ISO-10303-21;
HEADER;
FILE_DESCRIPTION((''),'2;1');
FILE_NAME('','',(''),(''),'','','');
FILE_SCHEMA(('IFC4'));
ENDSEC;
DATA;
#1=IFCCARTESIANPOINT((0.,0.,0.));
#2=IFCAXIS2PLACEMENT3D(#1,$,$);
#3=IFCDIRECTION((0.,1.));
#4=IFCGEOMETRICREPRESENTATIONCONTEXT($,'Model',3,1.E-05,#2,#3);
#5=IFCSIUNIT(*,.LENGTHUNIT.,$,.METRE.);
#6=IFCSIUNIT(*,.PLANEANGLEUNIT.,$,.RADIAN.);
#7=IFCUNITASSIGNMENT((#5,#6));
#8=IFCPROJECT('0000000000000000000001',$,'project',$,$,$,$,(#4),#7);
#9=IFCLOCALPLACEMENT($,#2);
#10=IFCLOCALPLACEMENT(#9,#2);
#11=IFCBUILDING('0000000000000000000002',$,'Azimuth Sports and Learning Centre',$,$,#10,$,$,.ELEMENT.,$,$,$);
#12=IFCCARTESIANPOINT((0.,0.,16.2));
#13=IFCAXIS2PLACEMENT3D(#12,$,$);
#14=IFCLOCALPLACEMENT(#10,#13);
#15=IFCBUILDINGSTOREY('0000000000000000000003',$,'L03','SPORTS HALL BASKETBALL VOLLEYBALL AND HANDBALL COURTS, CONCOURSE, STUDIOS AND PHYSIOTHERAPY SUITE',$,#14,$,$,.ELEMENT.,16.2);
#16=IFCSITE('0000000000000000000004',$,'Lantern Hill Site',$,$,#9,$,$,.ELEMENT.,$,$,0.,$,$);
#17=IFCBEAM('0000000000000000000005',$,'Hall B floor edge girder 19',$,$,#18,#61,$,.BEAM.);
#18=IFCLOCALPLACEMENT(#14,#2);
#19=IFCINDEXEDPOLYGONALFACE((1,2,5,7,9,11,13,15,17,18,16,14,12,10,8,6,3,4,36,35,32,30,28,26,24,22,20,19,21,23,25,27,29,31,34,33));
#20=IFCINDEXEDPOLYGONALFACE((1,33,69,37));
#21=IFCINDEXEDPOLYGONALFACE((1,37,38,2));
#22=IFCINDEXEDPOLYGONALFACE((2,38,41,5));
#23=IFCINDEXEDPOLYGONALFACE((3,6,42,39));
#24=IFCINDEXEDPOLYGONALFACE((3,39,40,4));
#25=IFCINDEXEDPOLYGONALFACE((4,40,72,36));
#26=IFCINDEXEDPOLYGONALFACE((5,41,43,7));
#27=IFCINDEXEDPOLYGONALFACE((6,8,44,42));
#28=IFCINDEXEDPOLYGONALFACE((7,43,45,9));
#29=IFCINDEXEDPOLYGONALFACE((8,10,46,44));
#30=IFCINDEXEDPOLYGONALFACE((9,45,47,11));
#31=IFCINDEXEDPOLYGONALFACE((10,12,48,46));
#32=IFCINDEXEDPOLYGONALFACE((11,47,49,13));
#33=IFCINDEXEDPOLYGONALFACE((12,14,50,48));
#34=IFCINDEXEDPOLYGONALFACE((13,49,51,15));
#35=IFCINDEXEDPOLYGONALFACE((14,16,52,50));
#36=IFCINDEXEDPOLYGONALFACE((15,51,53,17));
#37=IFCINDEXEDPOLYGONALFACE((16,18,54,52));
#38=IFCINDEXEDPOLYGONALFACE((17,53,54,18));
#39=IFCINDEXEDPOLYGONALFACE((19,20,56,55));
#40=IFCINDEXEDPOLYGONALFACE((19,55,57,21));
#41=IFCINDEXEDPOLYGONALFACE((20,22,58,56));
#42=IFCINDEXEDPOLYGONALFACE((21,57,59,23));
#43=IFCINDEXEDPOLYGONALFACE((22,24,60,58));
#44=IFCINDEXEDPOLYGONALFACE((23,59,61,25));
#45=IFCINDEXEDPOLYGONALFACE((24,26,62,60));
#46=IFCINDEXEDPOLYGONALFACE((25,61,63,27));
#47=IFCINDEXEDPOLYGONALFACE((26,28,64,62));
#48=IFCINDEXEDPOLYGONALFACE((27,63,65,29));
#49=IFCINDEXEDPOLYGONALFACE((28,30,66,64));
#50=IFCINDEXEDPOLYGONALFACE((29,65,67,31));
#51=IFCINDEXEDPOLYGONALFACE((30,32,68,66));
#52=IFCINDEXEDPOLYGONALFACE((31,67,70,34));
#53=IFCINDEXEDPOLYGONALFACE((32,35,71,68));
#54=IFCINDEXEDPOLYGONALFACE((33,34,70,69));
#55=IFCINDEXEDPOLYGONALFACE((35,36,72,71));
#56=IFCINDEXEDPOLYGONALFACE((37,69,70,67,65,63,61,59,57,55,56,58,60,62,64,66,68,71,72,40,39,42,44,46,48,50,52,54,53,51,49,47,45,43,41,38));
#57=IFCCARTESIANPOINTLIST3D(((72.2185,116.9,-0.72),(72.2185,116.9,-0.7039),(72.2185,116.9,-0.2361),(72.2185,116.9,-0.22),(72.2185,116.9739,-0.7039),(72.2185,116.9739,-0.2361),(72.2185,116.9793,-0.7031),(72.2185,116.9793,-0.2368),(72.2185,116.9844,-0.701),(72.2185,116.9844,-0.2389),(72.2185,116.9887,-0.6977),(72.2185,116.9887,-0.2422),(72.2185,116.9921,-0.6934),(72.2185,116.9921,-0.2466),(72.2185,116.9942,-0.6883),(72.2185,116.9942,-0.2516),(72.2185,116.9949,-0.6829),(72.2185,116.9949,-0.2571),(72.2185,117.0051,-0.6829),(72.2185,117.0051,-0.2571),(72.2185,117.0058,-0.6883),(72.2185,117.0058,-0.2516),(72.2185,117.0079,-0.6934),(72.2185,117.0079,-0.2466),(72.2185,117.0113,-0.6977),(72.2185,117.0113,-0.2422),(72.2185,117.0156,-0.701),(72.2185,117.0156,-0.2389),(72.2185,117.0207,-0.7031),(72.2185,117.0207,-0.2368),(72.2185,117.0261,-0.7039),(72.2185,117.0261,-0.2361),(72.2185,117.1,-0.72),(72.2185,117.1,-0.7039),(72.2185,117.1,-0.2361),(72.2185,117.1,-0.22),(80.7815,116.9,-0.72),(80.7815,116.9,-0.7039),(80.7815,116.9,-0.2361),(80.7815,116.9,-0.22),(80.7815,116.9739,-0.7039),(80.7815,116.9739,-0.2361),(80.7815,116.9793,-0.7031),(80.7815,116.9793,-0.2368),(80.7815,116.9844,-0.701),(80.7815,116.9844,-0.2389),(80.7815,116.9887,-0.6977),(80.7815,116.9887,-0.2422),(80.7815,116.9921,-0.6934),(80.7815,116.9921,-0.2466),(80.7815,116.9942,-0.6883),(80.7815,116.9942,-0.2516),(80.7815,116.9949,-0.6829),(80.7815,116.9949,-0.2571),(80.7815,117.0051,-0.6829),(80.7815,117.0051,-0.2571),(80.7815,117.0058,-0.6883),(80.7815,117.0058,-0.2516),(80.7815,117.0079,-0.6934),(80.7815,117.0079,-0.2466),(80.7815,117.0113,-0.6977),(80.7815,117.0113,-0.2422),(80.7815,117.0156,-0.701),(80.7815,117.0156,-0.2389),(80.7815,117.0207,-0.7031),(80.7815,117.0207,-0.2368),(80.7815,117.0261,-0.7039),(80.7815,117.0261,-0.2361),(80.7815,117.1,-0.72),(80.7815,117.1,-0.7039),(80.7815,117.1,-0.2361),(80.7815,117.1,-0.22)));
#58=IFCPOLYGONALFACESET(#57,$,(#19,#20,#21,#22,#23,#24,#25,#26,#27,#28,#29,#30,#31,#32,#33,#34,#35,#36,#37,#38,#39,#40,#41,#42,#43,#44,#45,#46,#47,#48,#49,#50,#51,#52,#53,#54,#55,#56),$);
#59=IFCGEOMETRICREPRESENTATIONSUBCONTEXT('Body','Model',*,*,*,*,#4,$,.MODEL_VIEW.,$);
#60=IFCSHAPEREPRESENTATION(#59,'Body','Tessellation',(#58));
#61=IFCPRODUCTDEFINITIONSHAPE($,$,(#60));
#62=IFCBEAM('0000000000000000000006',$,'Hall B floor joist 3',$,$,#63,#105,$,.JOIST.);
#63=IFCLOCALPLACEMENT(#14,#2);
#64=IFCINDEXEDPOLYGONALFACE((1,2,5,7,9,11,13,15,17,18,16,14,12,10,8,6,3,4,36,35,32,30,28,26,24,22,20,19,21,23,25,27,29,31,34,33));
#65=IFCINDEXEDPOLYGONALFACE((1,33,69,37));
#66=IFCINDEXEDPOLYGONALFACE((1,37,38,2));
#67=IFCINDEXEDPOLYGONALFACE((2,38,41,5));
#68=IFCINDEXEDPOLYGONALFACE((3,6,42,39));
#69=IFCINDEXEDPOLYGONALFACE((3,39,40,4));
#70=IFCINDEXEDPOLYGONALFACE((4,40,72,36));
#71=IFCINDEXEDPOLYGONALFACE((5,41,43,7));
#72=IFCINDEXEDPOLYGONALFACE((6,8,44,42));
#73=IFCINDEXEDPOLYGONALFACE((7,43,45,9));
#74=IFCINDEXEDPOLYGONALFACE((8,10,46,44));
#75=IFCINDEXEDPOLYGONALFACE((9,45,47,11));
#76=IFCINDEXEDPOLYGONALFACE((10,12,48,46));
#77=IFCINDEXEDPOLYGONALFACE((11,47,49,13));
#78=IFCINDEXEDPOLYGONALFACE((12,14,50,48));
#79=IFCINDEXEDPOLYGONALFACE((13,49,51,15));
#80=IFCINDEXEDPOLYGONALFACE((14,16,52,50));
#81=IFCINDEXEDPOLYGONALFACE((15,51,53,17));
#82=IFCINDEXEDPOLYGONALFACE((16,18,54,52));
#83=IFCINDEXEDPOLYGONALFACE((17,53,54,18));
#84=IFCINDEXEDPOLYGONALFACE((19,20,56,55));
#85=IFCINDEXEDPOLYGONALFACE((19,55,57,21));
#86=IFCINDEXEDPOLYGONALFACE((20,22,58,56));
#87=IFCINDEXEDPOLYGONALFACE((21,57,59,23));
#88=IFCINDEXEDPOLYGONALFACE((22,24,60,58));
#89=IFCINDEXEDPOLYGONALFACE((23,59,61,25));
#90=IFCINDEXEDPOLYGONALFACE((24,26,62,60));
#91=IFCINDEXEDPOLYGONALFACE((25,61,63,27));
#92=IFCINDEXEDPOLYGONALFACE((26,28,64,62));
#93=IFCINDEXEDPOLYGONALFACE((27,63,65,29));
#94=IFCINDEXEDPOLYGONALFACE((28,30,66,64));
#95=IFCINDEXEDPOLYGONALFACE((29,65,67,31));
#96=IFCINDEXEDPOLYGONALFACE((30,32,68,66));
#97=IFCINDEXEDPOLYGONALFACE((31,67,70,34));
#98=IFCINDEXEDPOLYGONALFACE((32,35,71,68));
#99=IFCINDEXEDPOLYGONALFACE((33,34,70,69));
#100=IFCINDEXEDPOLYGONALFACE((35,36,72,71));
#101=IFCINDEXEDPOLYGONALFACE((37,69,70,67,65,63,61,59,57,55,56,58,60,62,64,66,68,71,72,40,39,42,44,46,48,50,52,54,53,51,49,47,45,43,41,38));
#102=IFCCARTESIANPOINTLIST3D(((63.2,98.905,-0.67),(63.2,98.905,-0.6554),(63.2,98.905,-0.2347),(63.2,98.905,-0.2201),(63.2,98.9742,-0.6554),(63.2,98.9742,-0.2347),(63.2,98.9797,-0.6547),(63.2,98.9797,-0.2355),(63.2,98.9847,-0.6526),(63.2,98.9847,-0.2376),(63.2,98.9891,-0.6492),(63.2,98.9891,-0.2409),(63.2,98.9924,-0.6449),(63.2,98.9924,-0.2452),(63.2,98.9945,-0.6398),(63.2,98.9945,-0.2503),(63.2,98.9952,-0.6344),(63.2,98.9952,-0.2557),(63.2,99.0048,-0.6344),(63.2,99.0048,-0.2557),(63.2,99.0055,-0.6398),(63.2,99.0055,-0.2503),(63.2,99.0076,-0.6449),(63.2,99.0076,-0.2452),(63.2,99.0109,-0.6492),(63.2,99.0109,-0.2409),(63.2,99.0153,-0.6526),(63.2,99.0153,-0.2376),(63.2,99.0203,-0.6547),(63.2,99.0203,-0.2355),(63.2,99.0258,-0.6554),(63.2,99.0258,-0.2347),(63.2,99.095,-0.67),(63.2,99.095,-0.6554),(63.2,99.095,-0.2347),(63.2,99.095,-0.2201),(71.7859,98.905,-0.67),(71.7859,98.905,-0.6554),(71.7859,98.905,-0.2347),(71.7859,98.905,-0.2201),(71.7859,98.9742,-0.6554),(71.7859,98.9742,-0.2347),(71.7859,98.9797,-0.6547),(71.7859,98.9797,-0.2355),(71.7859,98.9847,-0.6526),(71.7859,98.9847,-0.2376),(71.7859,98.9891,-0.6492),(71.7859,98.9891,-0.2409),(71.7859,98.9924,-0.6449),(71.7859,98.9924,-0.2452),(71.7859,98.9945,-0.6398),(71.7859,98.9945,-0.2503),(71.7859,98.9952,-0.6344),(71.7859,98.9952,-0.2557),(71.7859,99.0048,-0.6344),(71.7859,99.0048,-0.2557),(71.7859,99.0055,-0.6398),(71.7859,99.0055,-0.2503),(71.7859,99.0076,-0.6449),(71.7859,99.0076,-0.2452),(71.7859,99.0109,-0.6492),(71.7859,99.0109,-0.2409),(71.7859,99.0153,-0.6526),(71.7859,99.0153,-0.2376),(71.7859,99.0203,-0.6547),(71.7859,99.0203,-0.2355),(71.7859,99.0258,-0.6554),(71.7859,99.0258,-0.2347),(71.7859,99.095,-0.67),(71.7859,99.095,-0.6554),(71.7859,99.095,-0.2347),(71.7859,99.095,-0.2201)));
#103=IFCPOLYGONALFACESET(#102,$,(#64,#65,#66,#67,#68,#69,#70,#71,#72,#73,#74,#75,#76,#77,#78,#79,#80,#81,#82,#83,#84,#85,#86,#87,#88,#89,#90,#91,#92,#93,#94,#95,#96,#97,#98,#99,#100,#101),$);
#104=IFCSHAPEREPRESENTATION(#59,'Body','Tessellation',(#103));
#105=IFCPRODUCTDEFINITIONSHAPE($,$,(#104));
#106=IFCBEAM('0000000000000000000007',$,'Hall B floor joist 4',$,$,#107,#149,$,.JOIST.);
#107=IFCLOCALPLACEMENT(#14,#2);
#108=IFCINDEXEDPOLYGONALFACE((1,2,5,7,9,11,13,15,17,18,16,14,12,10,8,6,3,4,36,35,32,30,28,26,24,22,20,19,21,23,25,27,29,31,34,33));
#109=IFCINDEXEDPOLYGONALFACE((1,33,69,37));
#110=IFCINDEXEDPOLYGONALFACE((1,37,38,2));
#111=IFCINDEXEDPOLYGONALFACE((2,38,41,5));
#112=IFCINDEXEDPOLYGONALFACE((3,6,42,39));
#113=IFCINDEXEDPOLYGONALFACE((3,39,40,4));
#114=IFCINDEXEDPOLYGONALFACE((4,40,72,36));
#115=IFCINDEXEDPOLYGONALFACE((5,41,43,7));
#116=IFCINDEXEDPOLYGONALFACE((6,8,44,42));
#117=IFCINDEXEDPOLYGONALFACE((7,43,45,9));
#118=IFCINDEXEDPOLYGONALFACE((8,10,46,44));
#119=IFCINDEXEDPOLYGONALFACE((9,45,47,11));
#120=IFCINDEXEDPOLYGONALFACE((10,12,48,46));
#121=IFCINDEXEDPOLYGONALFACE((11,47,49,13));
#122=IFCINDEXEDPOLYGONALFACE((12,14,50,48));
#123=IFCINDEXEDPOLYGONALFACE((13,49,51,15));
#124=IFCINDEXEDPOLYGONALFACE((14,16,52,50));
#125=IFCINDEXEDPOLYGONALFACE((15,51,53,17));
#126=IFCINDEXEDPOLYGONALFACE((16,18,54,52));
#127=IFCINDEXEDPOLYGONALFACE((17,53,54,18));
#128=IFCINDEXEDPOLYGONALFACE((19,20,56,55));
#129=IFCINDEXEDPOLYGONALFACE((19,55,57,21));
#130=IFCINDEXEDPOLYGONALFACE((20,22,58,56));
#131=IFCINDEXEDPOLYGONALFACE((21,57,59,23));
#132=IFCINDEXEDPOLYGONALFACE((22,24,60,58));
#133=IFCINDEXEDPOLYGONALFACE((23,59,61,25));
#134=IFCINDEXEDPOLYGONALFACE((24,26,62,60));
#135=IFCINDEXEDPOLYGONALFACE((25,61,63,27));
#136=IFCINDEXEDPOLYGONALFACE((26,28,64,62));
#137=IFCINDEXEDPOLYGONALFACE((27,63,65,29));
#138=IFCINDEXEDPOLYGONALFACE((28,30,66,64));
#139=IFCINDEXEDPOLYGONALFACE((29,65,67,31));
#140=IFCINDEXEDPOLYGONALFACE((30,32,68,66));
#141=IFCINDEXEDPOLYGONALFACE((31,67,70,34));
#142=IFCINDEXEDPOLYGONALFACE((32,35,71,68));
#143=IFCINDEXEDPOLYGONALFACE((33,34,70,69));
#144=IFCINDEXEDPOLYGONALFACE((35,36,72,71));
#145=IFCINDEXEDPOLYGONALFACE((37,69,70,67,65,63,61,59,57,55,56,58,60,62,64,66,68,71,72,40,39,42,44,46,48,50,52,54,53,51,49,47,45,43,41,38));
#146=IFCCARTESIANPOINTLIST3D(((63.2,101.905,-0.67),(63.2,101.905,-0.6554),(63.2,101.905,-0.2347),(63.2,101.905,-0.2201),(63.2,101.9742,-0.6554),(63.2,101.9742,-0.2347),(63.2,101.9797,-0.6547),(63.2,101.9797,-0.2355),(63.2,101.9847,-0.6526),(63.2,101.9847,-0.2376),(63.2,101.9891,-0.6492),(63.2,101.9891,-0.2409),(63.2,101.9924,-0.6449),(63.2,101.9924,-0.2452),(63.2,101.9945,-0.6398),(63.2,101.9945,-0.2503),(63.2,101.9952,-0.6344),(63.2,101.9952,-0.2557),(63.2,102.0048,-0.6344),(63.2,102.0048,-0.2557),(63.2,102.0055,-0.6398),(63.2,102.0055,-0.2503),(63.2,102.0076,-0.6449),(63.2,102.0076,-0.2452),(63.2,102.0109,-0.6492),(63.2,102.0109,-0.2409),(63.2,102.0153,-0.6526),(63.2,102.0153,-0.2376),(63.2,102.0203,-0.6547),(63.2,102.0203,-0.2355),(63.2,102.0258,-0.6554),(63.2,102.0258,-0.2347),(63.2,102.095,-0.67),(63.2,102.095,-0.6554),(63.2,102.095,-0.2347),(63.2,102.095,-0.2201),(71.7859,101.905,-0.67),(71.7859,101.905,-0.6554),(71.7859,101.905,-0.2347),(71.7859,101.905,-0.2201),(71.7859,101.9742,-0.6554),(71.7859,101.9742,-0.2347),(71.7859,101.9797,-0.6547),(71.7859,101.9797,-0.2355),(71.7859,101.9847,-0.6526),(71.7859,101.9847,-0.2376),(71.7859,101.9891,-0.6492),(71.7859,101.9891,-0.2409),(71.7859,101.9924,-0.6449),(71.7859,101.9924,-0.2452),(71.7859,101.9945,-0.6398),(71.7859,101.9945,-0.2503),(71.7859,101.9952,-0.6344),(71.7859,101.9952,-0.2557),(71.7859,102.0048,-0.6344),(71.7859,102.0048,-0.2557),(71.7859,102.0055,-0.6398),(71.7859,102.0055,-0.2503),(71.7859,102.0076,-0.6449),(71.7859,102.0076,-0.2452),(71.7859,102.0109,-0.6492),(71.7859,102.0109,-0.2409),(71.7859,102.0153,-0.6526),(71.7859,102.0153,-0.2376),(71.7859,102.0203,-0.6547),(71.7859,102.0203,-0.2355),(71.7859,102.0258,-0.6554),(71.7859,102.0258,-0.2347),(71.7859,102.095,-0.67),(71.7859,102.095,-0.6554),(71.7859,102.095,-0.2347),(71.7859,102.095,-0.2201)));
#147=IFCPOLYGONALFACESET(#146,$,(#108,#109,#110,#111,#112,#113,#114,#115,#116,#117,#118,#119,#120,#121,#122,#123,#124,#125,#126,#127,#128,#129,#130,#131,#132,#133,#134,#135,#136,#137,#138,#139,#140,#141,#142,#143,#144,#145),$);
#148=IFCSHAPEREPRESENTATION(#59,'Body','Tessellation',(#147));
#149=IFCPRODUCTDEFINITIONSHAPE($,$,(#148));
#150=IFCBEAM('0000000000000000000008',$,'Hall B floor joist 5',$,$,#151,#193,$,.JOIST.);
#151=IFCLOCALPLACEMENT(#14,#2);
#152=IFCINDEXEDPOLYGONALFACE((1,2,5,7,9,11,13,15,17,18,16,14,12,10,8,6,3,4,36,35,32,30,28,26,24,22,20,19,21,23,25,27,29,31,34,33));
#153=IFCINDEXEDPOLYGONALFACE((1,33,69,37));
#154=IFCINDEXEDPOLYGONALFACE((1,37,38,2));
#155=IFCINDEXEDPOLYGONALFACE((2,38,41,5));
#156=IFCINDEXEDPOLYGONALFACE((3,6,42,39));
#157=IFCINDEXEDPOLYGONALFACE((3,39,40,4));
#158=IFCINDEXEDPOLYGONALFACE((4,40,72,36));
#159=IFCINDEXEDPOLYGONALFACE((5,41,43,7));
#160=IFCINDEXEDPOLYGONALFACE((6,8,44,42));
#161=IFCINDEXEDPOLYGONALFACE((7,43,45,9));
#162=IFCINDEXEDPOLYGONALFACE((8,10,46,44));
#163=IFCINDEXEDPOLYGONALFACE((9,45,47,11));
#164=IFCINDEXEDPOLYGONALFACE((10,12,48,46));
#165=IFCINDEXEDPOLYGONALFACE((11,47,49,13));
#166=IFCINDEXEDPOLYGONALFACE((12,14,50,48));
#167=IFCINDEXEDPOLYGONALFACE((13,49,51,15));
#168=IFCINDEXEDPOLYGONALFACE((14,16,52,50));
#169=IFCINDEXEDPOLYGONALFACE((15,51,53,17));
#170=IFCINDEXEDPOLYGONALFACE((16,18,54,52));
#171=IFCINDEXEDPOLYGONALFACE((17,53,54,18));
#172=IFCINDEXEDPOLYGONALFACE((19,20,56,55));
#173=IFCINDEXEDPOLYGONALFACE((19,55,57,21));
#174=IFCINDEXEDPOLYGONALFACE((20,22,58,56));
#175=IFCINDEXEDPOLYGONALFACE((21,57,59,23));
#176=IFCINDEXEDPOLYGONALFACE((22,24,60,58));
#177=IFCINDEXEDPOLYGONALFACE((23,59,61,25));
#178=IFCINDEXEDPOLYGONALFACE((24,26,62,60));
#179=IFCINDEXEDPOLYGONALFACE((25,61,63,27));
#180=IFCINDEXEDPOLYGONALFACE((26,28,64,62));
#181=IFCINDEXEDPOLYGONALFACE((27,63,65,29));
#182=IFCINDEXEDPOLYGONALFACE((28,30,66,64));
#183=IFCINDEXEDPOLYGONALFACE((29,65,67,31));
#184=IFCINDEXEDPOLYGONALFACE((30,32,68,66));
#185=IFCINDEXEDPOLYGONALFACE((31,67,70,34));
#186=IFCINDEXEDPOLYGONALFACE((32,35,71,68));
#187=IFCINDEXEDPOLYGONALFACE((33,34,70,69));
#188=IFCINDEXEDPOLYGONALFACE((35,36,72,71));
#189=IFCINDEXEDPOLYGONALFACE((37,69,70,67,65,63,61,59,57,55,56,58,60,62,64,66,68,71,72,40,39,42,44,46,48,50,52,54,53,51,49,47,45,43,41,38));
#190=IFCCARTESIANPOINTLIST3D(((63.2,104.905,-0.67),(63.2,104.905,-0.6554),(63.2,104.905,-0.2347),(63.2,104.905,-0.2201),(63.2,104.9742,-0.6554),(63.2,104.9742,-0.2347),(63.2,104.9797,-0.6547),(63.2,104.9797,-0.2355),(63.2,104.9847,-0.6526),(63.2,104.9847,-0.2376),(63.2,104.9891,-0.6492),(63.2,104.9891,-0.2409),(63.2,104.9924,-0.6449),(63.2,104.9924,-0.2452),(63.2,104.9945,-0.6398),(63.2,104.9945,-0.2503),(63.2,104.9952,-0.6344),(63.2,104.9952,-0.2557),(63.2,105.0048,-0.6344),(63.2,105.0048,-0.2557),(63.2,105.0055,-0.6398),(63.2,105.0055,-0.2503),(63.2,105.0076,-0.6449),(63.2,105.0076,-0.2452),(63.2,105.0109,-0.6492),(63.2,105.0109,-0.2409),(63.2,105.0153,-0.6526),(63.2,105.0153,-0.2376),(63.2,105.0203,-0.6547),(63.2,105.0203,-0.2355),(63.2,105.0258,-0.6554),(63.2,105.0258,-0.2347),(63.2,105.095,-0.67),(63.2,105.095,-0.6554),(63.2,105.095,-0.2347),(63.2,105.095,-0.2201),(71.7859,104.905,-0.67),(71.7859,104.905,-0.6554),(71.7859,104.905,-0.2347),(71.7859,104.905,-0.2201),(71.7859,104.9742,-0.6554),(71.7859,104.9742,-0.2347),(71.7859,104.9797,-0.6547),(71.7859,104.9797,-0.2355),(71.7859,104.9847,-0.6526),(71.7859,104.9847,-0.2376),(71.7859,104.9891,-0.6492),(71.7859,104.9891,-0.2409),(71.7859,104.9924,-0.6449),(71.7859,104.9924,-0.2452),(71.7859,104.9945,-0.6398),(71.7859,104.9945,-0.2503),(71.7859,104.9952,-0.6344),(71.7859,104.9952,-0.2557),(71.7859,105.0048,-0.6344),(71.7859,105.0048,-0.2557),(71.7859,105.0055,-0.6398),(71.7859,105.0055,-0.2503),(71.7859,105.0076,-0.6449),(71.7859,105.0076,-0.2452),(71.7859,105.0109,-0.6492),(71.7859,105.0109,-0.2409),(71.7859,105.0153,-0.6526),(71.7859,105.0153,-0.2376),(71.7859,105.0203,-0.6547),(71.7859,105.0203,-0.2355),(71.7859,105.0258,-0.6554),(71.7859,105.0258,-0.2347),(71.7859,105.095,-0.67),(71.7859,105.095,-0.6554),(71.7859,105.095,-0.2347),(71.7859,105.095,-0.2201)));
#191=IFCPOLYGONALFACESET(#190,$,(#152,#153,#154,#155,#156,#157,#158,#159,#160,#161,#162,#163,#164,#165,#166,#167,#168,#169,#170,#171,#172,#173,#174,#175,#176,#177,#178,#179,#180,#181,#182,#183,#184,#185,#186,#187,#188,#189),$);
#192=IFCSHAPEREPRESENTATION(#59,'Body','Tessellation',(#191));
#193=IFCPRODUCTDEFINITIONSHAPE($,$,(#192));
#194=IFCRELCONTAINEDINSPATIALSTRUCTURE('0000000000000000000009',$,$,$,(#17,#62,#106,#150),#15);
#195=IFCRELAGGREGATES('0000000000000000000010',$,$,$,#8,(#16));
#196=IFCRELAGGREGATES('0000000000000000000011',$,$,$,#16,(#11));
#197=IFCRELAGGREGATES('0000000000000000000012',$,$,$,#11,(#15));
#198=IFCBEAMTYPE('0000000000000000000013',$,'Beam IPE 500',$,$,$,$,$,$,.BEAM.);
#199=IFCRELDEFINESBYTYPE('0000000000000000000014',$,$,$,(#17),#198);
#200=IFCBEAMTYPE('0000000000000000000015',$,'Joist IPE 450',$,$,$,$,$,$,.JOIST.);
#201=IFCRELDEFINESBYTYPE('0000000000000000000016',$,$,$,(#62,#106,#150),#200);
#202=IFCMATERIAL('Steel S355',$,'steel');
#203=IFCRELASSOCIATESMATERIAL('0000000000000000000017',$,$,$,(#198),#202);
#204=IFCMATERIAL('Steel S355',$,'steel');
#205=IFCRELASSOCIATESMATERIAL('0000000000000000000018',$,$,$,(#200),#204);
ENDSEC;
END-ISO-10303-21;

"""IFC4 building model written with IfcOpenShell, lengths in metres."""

from ifc_helpers import new_model, si_unit, direction, frame, origin, origin_2d, place, context, subcontext, project, spatial, i_section, extrude, material, material_profile, profile_set, type_object, element, save


model = new_model("IFC4")

# Units and contexts
model_context = context("Model", 3, precision=1e-05, world=origin(), true_north=direction((0.0, 1.0)))
body_context = subcontext(model_context, "Body", "Model", "MODEL_VIEW")
ifc_project = project(units=[si_unit("LENGTHUNIT", "METRE"), si_unit("PLANEANGLEUNIT", "RADIAN")], contexts=[model_context])

# Site, building, storey
site_placement = place(None, origin())
site = spatial("IfcSite", under=ifc_project, at=site_placement, Name="Lantern Hill Site", CompositionType="ELEMENT", RefElevation=0.0)
building_placement = place(site_placement, origin())
building = spatial("IfcBuilding", under=site, at=building_placement, Name="Azimuth Sports and Learning Centre", CompositionType="ELEMENT")
storey_placement = place(building_placement, frame((0.0, 0.0, 16.2)))
storey = spatial("IfcBuildingStorey", under=building, at=storey_placement, Name="L03", Description="SPORTS HALL BASKETBALL VOLLEYBALL AND HANDBALL COURTS, CONCOURSE, STUDIOS AND PHYSIOTHERAPY SUITE", CompositionType="ELEMENT", Elevation=16.2)

# Beams
ifc_material_1 = material(Name="Steel S355", Category="steel")
ifc_material_profile_1 = material_profile(ifc_material_1, i_section(OverallWidth=0.2, OverallDepth=0.5, WebThickness=0.0103, FlangeThickness=0.0161, FilletRadius=0.021, at=origin_2d()), Name="IPE 500")
ifc_profile_set_1 = profile_set([ifc_material_profile_1], Name="Steel S355")
beam_type_1 = type_object("IfcBeamType", Name="Beam IPE 500", PredefinedType="BEAM", material=ifc_profile_set_1)
beam_1_placement = place(storey_placement, frame((72.2185, 117.0, -0.47), z_axis=(1.0, 0.0, 0.0), x_axis=(0.0, 1.0, 0.0)))
element("IfcBeam", 1, at=beam_1_placement, inside=storey, type_object=beam_type_1, Name="Hall B floor edge girder 19", PredefinedType="BEAM", context=body_context, shape_type="SweptSolid", body=[
    extrude(i_section(OverallWidth=0.2, OverallDepth=0.5, WebThickness=0.0103, FlangeThickness=0.0161, FilletRadius=0.021, at=origin_2d()), origin(), (0.0, 0.0, 1.0), 8.563),
])
ifc_material_2 = material(Name="Steel S355", Category="steel")
ifc_material_profile_2 = material_profile(ifc_material_2, i_section(OverallWidth=0.1899, OverallDepth=0.45, WebThickness=0.0095, FlangeThickness=0.0146, FilletRadius=0.021, at=origin_2d()), Name="IPE 450")
ifc_profile_set_2 = profile_set([ifc_material_profile_2], Name="Steel S355")
beam_type_2 = type_object("IfcBeamType", Name="Joist IPE 450", PredefinedType="JOIST", material=ifc_profile_set_2)
for number, where, z_axis, x_axis, name in (
    (2, (63.2, 99.0, -0.4451), (1.0, 0.0, 0.0), (0.0, 1.0, 0.0), "Hall B floor joist 3"),
    (3, (63.2, 102.0, -0.4451), (1.0, 0.0, 0.0), (0.0, 1.0, 0.0), "Hall B floor joist 4"),
    (4, (63.2, 105.0, -0.4451), (1.0, 0.0, 0.0), (0.0, 1.0, 0.0), "Hall B floor joist 5"),
):
    element("IfcBeam", number, at=place(storey_placement, frame(where, z_axis=z_axis, x_axis=x_axis)), inside=storey, type_object=beam_type_2, Name=name, PredefinedType="JOIST", context=body_context, shape_type="SweptSolid", body=[
        extrude(i_section(OverallWidth=0.1899, OverallDepth=0.45, WebThickness=0.0095, FlangeThickness=0.0146, FilletRadius=0.021, at=origin_2d()), origin(), (0.0, 0.0, 1.0), 8.5859),
    ])

save(model, "model.ifc")
